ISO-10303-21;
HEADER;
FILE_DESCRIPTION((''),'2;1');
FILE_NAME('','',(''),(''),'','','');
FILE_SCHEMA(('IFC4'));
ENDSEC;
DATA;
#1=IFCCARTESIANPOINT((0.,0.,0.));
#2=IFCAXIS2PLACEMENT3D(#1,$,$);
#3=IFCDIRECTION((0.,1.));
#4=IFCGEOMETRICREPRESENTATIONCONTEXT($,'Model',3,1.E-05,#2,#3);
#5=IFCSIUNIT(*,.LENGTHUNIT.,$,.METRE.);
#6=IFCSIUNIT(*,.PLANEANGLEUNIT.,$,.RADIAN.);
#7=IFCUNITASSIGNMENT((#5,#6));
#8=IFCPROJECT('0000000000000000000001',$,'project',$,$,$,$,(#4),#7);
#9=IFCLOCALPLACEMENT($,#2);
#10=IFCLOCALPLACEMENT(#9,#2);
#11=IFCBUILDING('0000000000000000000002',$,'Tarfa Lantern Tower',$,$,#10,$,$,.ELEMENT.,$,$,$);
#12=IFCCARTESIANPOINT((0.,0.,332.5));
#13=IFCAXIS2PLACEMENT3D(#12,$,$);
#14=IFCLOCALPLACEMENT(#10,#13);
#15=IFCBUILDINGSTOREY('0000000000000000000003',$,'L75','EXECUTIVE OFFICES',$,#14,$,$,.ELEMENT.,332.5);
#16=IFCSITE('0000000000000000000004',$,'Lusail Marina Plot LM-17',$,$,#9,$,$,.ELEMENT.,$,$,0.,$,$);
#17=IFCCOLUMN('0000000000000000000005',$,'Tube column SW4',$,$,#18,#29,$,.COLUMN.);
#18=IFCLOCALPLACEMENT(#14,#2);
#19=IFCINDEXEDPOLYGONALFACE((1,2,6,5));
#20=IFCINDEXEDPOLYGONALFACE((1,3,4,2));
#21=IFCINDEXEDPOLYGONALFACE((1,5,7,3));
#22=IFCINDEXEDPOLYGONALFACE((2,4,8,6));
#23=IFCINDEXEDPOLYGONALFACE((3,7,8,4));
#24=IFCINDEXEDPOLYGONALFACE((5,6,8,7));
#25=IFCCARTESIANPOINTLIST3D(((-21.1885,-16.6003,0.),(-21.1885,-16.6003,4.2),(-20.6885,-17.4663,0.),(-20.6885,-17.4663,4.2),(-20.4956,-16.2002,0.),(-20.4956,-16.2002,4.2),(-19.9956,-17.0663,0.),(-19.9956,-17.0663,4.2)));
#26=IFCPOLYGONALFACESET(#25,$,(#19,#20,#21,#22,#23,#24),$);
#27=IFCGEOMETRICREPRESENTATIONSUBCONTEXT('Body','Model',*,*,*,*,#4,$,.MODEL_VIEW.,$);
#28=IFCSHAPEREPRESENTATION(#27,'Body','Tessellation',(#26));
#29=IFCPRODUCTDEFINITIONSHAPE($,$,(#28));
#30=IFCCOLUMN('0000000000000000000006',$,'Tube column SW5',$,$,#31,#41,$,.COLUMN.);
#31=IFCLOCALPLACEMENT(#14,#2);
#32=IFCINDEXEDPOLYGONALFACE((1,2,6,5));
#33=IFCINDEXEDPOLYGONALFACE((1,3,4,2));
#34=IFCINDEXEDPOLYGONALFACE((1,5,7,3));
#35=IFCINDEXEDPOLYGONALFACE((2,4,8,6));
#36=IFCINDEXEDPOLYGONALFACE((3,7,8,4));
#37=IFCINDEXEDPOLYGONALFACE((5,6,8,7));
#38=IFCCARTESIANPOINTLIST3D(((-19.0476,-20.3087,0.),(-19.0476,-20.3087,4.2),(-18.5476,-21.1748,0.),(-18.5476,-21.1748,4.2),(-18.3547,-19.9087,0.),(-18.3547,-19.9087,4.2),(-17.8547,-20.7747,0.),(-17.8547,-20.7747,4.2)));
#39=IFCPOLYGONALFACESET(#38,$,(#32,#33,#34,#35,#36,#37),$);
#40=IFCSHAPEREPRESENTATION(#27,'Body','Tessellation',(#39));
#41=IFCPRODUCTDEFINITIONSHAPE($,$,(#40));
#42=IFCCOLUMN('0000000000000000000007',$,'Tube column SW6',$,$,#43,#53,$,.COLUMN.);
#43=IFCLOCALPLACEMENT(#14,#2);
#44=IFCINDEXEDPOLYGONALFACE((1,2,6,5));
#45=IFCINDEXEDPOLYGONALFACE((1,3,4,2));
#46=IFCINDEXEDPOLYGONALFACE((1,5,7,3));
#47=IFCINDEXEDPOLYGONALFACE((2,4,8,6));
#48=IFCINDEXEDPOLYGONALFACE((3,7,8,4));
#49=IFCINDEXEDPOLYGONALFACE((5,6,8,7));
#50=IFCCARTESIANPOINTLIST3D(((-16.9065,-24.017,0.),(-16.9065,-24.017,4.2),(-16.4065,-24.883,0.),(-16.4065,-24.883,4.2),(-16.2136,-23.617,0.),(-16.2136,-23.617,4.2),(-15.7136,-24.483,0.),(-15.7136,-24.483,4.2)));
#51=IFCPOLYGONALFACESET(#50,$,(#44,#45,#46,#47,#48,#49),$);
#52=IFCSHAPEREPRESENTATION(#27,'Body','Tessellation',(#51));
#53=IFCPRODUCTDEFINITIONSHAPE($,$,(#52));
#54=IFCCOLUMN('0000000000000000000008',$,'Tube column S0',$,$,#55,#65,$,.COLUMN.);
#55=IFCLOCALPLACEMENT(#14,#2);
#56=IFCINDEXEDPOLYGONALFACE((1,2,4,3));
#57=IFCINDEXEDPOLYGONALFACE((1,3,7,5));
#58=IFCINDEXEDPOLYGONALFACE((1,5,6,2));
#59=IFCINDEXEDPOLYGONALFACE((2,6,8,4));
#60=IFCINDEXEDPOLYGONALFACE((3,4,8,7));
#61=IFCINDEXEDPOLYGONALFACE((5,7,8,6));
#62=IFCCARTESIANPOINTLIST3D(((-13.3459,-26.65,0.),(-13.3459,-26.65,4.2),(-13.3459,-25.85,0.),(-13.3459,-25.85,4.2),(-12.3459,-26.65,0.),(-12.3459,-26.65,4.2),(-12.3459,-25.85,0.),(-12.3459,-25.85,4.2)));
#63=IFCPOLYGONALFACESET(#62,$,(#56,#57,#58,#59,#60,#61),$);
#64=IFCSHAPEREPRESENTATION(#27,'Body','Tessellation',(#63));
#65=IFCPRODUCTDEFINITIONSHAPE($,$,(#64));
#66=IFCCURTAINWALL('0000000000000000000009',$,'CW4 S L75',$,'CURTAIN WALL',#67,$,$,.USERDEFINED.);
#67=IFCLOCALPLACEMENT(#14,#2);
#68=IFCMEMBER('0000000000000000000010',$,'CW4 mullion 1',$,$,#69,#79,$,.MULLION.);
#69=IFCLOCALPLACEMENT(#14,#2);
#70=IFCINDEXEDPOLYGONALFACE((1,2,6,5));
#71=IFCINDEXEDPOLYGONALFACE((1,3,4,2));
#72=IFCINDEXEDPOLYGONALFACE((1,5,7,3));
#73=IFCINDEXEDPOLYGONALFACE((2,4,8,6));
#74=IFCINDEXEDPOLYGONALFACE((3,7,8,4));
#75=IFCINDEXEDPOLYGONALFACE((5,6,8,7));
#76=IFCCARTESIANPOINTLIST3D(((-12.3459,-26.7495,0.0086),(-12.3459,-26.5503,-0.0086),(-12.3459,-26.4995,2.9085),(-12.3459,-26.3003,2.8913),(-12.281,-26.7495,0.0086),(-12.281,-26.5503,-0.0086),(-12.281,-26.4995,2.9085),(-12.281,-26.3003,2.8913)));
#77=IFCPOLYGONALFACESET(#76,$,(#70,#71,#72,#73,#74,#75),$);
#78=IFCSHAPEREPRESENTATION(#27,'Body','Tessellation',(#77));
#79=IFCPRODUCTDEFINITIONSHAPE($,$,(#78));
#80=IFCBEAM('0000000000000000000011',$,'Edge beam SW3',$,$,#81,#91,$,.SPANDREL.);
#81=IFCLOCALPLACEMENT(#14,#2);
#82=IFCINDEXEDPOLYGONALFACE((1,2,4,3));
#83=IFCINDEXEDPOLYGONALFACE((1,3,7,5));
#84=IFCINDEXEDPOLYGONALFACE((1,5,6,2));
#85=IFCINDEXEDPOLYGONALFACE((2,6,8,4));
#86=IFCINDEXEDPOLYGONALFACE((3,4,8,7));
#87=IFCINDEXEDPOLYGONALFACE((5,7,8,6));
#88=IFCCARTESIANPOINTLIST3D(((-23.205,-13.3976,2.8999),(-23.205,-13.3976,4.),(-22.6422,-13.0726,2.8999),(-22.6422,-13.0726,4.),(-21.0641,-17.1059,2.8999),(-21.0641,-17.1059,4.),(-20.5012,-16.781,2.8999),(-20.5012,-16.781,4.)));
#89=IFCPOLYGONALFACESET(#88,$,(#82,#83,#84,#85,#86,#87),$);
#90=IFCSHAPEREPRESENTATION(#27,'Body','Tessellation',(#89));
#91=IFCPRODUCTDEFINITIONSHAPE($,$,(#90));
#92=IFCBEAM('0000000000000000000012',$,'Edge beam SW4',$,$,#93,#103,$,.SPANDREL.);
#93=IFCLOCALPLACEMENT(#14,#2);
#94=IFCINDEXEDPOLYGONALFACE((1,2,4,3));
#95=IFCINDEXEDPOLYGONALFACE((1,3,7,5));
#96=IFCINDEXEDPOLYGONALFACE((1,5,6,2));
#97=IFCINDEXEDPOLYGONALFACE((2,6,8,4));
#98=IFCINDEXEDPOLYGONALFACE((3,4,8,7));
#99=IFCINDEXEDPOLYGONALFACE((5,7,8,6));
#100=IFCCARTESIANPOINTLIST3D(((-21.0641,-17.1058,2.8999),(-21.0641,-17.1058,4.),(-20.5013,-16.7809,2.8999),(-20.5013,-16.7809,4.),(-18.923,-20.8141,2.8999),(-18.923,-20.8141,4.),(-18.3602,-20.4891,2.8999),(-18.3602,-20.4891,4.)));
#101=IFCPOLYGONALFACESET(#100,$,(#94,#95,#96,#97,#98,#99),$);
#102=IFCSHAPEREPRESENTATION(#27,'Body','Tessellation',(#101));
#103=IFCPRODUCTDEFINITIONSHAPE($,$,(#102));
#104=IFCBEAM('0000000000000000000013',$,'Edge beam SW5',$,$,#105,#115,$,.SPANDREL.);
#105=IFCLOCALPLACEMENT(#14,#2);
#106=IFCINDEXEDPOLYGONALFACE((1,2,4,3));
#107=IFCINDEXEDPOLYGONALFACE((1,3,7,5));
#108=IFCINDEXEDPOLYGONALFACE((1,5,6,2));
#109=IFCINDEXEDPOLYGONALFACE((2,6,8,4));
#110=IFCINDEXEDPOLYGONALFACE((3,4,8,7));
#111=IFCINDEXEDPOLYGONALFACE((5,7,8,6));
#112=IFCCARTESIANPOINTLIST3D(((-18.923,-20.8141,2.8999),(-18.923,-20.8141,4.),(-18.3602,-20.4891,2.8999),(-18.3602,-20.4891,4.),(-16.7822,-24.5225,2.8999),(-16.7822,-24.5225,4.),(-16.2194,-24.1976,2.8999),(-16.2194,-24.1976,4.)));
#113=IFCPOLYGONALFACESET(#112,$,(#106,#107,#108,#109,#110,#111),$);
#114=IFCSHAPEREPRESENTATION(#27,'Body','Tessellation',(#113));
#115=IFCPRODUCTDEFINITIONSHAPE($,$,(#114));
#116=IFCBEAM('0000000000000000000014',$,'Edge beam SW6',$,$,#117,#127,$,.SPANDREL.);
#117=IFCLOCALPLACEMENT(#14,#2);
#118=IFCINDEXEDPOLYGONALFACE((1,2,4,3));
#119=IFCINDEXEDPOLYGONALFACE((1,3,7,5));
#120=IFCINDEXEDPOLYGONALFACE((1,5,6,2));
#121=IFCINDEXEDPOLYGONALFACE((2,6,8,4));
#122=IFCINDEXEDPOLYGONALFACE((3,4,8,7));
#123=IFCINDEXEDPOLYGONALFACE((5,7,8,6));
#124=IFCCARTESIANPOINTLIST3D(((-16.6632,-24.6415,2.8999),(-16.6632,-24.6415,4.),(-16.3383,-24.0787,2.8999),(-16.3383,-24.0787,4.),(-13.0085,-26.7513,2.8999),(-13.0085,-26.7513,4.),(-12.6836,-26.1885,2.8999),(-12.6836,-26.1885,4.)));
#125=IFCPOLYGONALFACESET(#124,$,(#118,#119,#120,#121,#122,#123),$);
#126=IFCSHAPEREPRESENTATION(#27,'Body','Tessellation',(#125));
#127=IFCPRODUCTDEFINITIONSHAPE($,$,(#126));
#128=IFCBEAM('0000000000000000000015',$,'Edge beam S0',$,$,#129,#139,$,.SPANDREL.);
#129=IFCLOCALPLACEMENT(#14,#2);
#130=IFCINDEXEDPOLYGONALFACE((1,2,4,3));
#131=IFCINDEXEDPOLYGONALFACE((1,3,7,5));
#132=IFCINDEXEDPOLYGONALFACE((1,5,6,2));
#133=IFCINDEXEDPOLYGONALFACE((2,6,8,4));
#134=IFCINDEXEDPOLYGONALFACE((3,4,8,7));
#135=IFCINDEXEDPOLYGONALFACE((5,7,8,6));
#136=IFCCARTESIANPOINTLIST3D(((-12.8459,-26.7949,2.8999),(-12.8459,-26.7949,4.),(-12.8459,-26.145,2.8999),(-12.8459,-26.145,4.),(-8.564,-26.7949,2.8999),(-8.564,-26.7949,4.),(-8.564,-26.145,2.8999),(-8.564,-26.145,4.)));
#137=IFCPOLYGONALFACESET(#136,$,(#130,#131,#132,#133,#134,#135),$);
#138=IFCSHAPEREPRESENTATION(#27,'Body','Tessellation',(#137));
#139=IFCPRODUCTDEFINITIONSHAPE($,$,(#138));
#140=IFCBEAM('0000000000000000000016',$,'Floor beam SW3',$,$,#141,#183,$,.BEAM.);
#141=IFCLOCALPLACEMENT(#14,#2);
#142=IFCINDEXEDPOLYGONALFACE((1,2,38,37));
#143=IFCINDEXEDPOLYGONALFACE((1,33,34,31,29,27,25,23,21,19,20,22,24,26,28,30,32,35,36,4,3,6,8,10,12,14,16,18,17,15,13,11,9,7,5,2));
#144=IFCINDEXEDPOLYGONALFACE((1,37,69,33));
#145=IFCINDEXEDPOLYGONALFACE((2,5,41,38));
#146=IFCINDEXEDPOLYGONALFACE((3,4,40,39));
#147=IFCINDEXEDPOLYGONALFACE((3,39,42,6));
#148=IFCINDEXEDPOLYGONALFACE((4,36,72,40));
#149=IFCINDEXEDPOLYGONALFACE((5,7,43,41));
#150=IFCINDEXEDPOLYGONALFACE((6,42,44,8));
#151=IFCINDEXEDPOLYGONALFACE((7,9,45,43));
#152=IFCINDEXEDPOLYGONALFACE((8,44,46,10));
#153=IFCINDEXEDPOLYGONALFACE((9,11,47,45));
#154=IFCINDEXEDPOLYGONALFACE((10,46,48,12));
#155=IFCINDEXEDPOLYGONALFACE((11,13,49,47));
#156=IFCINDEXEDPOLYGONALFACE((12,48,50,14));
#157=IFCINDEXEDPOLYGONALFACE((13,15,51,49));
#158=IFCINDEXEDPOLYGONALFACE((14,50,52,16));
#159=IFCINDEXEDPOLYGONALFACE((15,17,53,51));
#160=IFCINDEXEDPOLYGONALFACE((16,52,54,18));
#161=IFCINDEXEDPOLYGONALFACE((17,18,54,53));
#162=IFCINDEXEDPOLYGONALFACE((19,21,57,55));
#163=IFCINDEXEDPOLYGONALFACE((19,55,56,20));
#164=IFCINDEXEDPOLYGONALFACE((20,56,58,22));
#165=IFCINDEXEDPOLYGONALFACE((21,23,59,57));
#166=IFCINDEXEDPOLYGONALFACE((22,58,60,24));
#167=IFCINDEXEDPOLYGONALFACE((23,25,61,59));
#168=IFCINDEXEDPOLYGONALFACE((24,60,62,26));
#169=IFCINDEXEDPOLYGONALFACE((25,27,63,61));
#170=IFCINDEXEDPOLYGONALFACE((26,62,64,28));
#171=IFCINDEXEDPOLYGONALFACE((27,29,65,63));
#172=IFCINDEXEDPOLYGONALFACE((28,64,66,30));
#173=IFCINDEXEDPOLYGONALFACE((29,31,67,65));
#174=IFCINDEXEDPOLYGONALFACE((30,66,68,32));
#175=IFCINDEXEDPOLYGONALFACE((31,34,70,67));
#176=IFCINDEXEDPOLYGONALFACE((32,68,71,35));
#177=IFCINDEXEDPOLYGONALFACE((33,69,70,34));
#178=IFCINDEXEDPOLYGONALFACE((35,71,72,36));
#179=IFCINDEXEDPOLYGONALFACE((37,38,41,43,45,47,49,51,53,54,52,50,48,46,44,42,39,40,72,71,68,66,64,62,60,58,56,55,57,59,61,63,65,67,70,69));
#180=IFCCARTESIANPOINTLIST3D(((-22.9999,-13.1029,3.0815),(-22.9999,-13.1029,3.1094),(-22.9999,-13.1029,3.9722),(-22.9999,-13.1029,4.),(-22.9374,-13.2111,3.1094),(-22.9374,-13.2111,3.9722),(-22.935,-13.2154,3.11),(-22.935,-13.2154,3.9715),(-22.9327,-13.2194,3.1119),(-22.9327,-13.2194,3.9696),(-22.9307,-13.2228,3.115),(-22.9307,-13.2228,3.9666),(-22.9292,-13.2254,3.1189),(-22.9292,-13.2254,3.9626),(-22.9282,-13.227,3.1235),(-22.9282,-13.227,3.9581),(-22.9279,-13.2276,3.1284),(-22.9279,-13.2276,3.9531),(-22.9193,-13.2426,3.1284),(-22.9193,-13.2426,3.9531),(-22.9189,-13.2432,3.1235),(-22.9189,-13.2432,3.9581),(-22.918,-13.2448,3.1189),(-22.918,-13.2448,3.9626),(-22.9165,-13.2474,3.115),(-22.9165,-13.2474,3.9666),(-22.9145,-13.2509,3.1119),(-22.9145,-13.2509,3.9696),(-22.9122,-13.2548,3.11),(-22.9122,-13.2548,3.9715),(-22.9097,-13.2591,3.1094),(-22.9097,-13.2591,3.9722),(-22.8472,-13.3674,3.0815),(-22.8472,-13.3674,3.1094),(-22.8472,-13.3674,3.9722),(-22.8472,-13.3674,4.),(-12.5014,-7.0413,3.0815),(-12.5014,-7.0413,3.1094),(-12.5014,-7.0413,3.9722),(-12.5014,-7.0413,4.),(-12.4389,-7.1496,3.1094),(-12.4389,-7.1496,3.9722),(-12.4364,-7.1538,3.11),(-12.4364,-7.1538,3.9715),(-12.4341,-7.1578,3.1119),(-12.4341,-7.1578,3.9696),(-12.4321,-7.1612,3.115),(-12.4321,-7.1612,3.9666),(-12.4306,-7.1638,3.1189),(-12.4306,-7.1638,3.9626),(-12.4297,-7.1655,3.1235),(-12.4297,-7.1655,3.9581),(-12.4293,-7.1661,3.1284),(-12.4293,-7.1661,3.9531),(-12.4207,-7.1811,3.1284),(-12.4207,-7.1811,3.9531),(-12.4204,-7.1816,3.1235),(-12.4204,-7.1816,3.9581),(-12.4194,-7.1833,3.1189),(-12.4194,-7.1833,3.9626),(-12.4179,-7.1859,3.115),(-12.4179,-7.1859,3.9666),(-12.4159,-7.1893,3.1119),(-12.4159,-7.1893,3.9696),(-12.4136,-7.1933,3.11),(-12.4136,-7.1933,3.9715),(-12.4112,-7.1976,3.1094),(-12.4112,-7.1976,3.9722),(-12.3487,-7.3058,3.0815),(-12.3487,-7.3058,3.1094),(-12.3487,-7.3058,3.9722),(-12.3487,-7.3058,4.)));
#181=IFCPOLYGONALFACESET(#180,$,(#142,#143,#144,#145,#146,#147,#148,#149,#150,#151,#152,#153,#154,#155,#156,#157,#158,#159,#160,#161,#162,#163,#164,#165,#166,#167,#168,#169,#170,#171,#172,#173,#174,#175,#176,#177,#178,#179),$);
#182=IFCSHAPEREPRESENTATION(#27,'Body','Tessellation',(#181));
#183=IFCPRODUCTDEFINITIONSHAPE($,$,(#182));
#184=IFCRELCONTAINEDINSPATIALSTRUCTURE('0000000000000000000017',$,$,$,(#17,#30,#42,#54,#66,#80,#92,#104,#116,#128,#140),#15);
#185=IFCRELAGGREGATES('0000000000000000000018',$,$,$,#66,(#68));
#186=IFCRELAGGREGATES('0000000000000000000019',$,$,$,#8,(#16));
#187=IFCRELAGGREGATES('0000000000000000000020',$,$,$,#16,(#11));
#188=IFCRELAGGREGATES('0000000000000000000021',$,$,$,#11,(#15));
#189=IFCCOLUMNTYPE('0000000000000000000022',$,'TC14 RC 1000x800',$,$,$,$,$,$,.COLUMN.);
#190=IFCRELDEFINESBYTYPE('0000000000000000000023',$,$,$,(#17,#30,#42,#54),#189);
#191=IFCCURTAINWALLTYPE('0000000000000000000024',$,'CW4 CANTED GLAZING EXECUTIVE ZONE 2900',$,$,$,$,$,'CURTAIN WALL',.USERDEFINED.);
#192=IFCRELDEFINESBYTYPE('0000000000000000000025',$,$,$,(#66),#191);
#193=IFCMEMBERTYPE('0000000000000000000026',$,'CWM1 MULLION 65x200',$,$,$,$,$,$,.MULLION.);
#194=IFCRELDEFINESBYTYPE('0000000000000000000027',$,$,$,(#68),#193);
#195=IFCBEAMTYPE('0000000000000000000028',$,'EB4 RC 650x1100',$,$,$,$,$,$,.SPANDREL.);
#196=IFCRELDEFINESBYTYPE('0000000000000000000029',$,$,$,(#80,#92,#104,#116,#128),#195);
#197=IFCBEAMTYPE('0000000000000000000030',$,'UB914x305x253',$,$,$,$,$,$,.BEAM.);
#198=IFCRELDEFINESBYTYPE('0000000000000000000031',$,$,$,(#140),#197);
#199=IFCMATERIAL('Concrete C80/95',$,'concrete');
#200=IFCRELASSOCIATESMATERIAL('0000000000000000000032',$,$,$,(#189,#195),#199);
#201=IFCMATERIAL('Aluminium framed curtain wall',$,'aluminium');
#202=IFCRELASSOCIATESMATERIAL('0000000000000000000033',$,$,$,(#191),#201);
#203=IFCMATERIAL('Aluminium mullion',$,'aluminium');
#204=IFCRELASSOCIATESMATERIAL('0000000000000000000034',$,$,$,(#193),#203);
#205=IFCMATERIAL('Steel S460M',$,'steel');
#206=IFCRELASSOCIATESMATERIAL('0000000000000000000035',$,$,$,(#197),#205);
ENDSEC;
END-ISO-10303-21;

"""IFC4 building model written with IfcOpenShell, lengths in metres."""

from ifc_helpers import new_model, si_unit, direction, frame, origin, origin_2d, place, context, subcontext, project, spatial, rectangle, i_section, extrude, material, material_profile, profile_set, type_object, element, aggregate, save


model = new_model("IFC4")

# Units and contexts
model_context = context("Model", 3, precision=1e-05, world=origin(), true_north=direction((0.0, 1.0)))
body_context = subcontext(model_context, "Body", "Model", "MODEL_VIEW")
ifc_project = project(units=[si_unit("LENGTHUNIT", "METRE"), si_unit("PLANEANGLEUNIT", "RADIAN")], contexts=[model_context])

# Site, building, storey
site_placement = place(None, origin())
site = spatial("IfcSite", under=ifc_project, at=site_placement, Name="Lusail Marina Plot LM-17", CompositionType="ELEMENT", RefElevation=0.0)
building_placement = place(site_placement, origin())
building = spatial("IfcBuilding", under=site, at=building_placement, Name="Tarfa Lantern Tower", CompositionType="ELEMENT")
storey_placement = place(building_placement, frame((0.0, 0.0, 332.5)))
storey = spatial("IfcBuildingStorey", under=building, at=storey_placement, Name="L75", Description="EXECUTIVE OFFICES", CompositionType="ELEMENT", Elevation=332.5)

# Columns
ifc_material_1 = material(Name="Concrete C80/95", Category="concrete")
ifc_material_profile_1 = material_profile(ifc_material_1, rectangle(XDim=1.0, YDim=0.8, at=origin_2d()), Name="RC 1000x800")
ifc_profile_set_1 = profile_set([ifc_material_profile_1], Name="Concrete C80/95")
column_type = type_object("IfcColumnType", Name="TC14 RC 1000x800", PredefinedType="COLUMN", material=ifc_profile_set_1)
for number, where, z_axis, x_axis, name in (
    (1, (-20.592, -16.8333, 0.0), (0.0, 0.0, 1.0), (0.5, -0.866025, 0.0), "Tube column SW4"),
    (2, (-18.4512, -20.5417, 0.0), (0.0, 0.0, 1.0), (0.5, -0.866025, 0.0), "Tube column SW5"),
    (3, (-16.3101, -24.25, 0.0), (0.0, 0.0, 1.0), (0.5, -0.866025, 0.0), "Tube column SW6"),
    (4, (-12.8459, -26.25, 0.0), (0.0, 0.0, 1.0), (1.0, 0.0, 0.0), "Tube column S0"),
):
    element("IfcColumn", number, at=place(storey_placement, frame(where, z_axis=z_axis, x_axis=x_axis)), inside=storey, type_object=column_type, Name=name, PredefinedType="COLUMN", context=body_context, shape_type="SweptSolid", body=[
        extrude(rectangle(XDim=1.0, YDim=0.8, at=origin_2d()), origin(), (0.0, 0.0, 1.0), 4.2),
    ])

# Curtain wall, member
ifc_material_2 = material(Name="Aluminium framed curtain wall", Category="aluminium")
curtain_wall_type = type_object("IfcCurtainWallType", Name="CW4 CANTED GLAZING EXECUTIVE ZONE 2900", ElementType="CURTAIN WALL", PredefinedType="USERDEFINED", material=ifc_material_2)
curtain_wall_placement = place(storey_placement, origin())
curtain_wall = element("IfcCurtainWall", 5, at=curtain_wall_placement, inside=storey, type_object=curtain_wall_type, Name="CW4 S L75", ObjectType="CURTAIN WALL", PredefinedType="USERDEFINED")
ifc_material_3 = material(Name="Aluminium mullion", Category="aluminium")
ifc_material_profile_2 = material_profile(ifc_material_3, rectangle(XDim=0.0649, YDim=0.2, at=origin_2d()), Name="AL MULLION 65x200")
ifc_profile_set_2 = profile_set([ifc_material_profile_2], Name="Aluminium mullion")
member_type = type_object("IfcMemberType", Name="CWM1 MULLION 65x200", PredefinedType="MULLION", material=ifc_profile_set_2)
member_placement = place(storey_placement, frame((-12.3135, -26.6499, 0.0), z_axis=(0.0, 0.085891, 0.996305), x_axis=(-1.0, 0.0, 0.0)))
member = element("IfcMember", 6, at=member_placement, type_object=member_type, Name="CW4 mullion 1", PredefinedType="MULLION", context=body_context, shape_type="SweptSolid", body=[
    extrude(rectangle(XDim=0.0649, YDim=0.2, at=origin_2d()), origin(), (0.0, 0.0, 1.0), 2.9106),
])

# Beams
ifc_material_profile_3 = material_profile(ifc_material_1, rectangle(XDim=0.6499, YDim=1.1001, at=origin_2d()), Name="RC 650x1100")
ifc_profile_set_3 = profile_set([ifc_material_profile_3], Name="Concrete C80/95")
beam_type_1 = type_object("IfcBeamType", Name="EB4 RC 650x1100", PredefinedType="SPANDREL", material=ifc_profile_set_3)
for number, where, z_axis, x_axis, name in (
    (7, (-22.9236, -13.2351, 3.45), (0.499984, -0.866035, 0.0), (0.866035, 0.499984, 0.0), "Edge beam SW3"),
    (8, (-20.7827, -16.9434, 3.45), (0.500027, -0.86601, 0.0), (0.86601, 0.500027, 0.0), "Edge beam SW4"),
    (9, (-18.6416, -20.6516, 3.45), (0.499959, -0.866049, 0.0), (0.866049, 0.499959, 0.0), "Edge beam SW5"),
):
    element("IfcBeam", number, at=place(storey_placement, frame(where, z_axis=z_axis, x_axis=x_axis)), inside=storey, type_object=beam_type_1, Name=name, PredefinedType="SPANDREL", context=body_context, shape_type="SweptSolid", body=[
        extrude(rectangle(XDim=0.6499, YDim=1.1001, at=origin_2d()), origin(), (0.0, 0.0, 1.0), 4.282),
    ])
beam_1_placement = place(storey_placement, frame((-16.5007, -24.3601, 3.45), z_axis=(0.866049, -0.499959, 0.0), x_axis=(0.499959, 0.866049, 0.0)))
element("IfcBeam", 10, at=beam_1_placement, inside=storey, type_object=beam_type_1, Name="Edge beam SW6", PredefinedType="SPANDREL", context=body_context, shape_type="SweptSolid", body=[
    extrude(rectangle(XDim=0.6499, YDim=1.1001, at=origin_2d()), origin(), (0.0, 0.0, 1.0), 4.22),
])
beam_2_placement = place(storey_placement, frame((-12.8459, -26.47, 3.45), z_axis=(1.0, 0.0, 0.0), x_axis=(0.0, 1.0, 0.0)))
element("IfcBeam", 11, at=beam_2_placement, inside=storey, type_object=beam_type_1, Name="Edge beam S0", PredefinedType="SPANDREL", context=body_context, shape_type="SweptSolid", body=[
    extrude(rectangle(XDim=0.6499, YDim=1.1001, at=origin_2d()), origin(), (0.0, 0.0, 1.0), 4.282),
])
ifc_material_4 = material(Name="Steel S460M", Category="steel")
ifc_material_profile_4 = material_profile(ifc_material_4, i_section(OverallWidth=0.3054, OverallDepth=0.9185, WebThickness=0.0173, FlangeThickness=0.0278, FilletRadius=0.019, at=origin_2d()), Name="UB914x305x253")
ifc_profile_set_4 = profile_set([ifc_material_profile_4], Name="Steel S460M")
beam_type_2 = type_object("IfcBeamType", Name="UB914x305x253", PredefinedType="BEAM", material=ifc_profile_set_4)
beam_3_placement = place(storey_placement, frame((-22.9236, -13.2351, 3.5408), z_axis=(0.866019, 0.500012, 0.0), x_axis=(-0.500012, 0.866019, 0.0)))
element("IfcBeam", 12, at=beam_3_placement, inside=storey, type_object=beam_type_2, Name="Floor beam SW3", PredefinedType="BEAM", context=body_context, shape_type="SweptSolid", body=[
    extrude(i_section(OverallWidth=0.3054, OverallDepth=0.9185, WebThickness=0.0173, FlangeThickness=0.0278, FilletRadius=0.019, at=origin_2d()), origin(), (0.0, 0.0, 1.0), 12.1228),
])

aggregate(curtain_wall, [member])

save(model, "model.ifc")
